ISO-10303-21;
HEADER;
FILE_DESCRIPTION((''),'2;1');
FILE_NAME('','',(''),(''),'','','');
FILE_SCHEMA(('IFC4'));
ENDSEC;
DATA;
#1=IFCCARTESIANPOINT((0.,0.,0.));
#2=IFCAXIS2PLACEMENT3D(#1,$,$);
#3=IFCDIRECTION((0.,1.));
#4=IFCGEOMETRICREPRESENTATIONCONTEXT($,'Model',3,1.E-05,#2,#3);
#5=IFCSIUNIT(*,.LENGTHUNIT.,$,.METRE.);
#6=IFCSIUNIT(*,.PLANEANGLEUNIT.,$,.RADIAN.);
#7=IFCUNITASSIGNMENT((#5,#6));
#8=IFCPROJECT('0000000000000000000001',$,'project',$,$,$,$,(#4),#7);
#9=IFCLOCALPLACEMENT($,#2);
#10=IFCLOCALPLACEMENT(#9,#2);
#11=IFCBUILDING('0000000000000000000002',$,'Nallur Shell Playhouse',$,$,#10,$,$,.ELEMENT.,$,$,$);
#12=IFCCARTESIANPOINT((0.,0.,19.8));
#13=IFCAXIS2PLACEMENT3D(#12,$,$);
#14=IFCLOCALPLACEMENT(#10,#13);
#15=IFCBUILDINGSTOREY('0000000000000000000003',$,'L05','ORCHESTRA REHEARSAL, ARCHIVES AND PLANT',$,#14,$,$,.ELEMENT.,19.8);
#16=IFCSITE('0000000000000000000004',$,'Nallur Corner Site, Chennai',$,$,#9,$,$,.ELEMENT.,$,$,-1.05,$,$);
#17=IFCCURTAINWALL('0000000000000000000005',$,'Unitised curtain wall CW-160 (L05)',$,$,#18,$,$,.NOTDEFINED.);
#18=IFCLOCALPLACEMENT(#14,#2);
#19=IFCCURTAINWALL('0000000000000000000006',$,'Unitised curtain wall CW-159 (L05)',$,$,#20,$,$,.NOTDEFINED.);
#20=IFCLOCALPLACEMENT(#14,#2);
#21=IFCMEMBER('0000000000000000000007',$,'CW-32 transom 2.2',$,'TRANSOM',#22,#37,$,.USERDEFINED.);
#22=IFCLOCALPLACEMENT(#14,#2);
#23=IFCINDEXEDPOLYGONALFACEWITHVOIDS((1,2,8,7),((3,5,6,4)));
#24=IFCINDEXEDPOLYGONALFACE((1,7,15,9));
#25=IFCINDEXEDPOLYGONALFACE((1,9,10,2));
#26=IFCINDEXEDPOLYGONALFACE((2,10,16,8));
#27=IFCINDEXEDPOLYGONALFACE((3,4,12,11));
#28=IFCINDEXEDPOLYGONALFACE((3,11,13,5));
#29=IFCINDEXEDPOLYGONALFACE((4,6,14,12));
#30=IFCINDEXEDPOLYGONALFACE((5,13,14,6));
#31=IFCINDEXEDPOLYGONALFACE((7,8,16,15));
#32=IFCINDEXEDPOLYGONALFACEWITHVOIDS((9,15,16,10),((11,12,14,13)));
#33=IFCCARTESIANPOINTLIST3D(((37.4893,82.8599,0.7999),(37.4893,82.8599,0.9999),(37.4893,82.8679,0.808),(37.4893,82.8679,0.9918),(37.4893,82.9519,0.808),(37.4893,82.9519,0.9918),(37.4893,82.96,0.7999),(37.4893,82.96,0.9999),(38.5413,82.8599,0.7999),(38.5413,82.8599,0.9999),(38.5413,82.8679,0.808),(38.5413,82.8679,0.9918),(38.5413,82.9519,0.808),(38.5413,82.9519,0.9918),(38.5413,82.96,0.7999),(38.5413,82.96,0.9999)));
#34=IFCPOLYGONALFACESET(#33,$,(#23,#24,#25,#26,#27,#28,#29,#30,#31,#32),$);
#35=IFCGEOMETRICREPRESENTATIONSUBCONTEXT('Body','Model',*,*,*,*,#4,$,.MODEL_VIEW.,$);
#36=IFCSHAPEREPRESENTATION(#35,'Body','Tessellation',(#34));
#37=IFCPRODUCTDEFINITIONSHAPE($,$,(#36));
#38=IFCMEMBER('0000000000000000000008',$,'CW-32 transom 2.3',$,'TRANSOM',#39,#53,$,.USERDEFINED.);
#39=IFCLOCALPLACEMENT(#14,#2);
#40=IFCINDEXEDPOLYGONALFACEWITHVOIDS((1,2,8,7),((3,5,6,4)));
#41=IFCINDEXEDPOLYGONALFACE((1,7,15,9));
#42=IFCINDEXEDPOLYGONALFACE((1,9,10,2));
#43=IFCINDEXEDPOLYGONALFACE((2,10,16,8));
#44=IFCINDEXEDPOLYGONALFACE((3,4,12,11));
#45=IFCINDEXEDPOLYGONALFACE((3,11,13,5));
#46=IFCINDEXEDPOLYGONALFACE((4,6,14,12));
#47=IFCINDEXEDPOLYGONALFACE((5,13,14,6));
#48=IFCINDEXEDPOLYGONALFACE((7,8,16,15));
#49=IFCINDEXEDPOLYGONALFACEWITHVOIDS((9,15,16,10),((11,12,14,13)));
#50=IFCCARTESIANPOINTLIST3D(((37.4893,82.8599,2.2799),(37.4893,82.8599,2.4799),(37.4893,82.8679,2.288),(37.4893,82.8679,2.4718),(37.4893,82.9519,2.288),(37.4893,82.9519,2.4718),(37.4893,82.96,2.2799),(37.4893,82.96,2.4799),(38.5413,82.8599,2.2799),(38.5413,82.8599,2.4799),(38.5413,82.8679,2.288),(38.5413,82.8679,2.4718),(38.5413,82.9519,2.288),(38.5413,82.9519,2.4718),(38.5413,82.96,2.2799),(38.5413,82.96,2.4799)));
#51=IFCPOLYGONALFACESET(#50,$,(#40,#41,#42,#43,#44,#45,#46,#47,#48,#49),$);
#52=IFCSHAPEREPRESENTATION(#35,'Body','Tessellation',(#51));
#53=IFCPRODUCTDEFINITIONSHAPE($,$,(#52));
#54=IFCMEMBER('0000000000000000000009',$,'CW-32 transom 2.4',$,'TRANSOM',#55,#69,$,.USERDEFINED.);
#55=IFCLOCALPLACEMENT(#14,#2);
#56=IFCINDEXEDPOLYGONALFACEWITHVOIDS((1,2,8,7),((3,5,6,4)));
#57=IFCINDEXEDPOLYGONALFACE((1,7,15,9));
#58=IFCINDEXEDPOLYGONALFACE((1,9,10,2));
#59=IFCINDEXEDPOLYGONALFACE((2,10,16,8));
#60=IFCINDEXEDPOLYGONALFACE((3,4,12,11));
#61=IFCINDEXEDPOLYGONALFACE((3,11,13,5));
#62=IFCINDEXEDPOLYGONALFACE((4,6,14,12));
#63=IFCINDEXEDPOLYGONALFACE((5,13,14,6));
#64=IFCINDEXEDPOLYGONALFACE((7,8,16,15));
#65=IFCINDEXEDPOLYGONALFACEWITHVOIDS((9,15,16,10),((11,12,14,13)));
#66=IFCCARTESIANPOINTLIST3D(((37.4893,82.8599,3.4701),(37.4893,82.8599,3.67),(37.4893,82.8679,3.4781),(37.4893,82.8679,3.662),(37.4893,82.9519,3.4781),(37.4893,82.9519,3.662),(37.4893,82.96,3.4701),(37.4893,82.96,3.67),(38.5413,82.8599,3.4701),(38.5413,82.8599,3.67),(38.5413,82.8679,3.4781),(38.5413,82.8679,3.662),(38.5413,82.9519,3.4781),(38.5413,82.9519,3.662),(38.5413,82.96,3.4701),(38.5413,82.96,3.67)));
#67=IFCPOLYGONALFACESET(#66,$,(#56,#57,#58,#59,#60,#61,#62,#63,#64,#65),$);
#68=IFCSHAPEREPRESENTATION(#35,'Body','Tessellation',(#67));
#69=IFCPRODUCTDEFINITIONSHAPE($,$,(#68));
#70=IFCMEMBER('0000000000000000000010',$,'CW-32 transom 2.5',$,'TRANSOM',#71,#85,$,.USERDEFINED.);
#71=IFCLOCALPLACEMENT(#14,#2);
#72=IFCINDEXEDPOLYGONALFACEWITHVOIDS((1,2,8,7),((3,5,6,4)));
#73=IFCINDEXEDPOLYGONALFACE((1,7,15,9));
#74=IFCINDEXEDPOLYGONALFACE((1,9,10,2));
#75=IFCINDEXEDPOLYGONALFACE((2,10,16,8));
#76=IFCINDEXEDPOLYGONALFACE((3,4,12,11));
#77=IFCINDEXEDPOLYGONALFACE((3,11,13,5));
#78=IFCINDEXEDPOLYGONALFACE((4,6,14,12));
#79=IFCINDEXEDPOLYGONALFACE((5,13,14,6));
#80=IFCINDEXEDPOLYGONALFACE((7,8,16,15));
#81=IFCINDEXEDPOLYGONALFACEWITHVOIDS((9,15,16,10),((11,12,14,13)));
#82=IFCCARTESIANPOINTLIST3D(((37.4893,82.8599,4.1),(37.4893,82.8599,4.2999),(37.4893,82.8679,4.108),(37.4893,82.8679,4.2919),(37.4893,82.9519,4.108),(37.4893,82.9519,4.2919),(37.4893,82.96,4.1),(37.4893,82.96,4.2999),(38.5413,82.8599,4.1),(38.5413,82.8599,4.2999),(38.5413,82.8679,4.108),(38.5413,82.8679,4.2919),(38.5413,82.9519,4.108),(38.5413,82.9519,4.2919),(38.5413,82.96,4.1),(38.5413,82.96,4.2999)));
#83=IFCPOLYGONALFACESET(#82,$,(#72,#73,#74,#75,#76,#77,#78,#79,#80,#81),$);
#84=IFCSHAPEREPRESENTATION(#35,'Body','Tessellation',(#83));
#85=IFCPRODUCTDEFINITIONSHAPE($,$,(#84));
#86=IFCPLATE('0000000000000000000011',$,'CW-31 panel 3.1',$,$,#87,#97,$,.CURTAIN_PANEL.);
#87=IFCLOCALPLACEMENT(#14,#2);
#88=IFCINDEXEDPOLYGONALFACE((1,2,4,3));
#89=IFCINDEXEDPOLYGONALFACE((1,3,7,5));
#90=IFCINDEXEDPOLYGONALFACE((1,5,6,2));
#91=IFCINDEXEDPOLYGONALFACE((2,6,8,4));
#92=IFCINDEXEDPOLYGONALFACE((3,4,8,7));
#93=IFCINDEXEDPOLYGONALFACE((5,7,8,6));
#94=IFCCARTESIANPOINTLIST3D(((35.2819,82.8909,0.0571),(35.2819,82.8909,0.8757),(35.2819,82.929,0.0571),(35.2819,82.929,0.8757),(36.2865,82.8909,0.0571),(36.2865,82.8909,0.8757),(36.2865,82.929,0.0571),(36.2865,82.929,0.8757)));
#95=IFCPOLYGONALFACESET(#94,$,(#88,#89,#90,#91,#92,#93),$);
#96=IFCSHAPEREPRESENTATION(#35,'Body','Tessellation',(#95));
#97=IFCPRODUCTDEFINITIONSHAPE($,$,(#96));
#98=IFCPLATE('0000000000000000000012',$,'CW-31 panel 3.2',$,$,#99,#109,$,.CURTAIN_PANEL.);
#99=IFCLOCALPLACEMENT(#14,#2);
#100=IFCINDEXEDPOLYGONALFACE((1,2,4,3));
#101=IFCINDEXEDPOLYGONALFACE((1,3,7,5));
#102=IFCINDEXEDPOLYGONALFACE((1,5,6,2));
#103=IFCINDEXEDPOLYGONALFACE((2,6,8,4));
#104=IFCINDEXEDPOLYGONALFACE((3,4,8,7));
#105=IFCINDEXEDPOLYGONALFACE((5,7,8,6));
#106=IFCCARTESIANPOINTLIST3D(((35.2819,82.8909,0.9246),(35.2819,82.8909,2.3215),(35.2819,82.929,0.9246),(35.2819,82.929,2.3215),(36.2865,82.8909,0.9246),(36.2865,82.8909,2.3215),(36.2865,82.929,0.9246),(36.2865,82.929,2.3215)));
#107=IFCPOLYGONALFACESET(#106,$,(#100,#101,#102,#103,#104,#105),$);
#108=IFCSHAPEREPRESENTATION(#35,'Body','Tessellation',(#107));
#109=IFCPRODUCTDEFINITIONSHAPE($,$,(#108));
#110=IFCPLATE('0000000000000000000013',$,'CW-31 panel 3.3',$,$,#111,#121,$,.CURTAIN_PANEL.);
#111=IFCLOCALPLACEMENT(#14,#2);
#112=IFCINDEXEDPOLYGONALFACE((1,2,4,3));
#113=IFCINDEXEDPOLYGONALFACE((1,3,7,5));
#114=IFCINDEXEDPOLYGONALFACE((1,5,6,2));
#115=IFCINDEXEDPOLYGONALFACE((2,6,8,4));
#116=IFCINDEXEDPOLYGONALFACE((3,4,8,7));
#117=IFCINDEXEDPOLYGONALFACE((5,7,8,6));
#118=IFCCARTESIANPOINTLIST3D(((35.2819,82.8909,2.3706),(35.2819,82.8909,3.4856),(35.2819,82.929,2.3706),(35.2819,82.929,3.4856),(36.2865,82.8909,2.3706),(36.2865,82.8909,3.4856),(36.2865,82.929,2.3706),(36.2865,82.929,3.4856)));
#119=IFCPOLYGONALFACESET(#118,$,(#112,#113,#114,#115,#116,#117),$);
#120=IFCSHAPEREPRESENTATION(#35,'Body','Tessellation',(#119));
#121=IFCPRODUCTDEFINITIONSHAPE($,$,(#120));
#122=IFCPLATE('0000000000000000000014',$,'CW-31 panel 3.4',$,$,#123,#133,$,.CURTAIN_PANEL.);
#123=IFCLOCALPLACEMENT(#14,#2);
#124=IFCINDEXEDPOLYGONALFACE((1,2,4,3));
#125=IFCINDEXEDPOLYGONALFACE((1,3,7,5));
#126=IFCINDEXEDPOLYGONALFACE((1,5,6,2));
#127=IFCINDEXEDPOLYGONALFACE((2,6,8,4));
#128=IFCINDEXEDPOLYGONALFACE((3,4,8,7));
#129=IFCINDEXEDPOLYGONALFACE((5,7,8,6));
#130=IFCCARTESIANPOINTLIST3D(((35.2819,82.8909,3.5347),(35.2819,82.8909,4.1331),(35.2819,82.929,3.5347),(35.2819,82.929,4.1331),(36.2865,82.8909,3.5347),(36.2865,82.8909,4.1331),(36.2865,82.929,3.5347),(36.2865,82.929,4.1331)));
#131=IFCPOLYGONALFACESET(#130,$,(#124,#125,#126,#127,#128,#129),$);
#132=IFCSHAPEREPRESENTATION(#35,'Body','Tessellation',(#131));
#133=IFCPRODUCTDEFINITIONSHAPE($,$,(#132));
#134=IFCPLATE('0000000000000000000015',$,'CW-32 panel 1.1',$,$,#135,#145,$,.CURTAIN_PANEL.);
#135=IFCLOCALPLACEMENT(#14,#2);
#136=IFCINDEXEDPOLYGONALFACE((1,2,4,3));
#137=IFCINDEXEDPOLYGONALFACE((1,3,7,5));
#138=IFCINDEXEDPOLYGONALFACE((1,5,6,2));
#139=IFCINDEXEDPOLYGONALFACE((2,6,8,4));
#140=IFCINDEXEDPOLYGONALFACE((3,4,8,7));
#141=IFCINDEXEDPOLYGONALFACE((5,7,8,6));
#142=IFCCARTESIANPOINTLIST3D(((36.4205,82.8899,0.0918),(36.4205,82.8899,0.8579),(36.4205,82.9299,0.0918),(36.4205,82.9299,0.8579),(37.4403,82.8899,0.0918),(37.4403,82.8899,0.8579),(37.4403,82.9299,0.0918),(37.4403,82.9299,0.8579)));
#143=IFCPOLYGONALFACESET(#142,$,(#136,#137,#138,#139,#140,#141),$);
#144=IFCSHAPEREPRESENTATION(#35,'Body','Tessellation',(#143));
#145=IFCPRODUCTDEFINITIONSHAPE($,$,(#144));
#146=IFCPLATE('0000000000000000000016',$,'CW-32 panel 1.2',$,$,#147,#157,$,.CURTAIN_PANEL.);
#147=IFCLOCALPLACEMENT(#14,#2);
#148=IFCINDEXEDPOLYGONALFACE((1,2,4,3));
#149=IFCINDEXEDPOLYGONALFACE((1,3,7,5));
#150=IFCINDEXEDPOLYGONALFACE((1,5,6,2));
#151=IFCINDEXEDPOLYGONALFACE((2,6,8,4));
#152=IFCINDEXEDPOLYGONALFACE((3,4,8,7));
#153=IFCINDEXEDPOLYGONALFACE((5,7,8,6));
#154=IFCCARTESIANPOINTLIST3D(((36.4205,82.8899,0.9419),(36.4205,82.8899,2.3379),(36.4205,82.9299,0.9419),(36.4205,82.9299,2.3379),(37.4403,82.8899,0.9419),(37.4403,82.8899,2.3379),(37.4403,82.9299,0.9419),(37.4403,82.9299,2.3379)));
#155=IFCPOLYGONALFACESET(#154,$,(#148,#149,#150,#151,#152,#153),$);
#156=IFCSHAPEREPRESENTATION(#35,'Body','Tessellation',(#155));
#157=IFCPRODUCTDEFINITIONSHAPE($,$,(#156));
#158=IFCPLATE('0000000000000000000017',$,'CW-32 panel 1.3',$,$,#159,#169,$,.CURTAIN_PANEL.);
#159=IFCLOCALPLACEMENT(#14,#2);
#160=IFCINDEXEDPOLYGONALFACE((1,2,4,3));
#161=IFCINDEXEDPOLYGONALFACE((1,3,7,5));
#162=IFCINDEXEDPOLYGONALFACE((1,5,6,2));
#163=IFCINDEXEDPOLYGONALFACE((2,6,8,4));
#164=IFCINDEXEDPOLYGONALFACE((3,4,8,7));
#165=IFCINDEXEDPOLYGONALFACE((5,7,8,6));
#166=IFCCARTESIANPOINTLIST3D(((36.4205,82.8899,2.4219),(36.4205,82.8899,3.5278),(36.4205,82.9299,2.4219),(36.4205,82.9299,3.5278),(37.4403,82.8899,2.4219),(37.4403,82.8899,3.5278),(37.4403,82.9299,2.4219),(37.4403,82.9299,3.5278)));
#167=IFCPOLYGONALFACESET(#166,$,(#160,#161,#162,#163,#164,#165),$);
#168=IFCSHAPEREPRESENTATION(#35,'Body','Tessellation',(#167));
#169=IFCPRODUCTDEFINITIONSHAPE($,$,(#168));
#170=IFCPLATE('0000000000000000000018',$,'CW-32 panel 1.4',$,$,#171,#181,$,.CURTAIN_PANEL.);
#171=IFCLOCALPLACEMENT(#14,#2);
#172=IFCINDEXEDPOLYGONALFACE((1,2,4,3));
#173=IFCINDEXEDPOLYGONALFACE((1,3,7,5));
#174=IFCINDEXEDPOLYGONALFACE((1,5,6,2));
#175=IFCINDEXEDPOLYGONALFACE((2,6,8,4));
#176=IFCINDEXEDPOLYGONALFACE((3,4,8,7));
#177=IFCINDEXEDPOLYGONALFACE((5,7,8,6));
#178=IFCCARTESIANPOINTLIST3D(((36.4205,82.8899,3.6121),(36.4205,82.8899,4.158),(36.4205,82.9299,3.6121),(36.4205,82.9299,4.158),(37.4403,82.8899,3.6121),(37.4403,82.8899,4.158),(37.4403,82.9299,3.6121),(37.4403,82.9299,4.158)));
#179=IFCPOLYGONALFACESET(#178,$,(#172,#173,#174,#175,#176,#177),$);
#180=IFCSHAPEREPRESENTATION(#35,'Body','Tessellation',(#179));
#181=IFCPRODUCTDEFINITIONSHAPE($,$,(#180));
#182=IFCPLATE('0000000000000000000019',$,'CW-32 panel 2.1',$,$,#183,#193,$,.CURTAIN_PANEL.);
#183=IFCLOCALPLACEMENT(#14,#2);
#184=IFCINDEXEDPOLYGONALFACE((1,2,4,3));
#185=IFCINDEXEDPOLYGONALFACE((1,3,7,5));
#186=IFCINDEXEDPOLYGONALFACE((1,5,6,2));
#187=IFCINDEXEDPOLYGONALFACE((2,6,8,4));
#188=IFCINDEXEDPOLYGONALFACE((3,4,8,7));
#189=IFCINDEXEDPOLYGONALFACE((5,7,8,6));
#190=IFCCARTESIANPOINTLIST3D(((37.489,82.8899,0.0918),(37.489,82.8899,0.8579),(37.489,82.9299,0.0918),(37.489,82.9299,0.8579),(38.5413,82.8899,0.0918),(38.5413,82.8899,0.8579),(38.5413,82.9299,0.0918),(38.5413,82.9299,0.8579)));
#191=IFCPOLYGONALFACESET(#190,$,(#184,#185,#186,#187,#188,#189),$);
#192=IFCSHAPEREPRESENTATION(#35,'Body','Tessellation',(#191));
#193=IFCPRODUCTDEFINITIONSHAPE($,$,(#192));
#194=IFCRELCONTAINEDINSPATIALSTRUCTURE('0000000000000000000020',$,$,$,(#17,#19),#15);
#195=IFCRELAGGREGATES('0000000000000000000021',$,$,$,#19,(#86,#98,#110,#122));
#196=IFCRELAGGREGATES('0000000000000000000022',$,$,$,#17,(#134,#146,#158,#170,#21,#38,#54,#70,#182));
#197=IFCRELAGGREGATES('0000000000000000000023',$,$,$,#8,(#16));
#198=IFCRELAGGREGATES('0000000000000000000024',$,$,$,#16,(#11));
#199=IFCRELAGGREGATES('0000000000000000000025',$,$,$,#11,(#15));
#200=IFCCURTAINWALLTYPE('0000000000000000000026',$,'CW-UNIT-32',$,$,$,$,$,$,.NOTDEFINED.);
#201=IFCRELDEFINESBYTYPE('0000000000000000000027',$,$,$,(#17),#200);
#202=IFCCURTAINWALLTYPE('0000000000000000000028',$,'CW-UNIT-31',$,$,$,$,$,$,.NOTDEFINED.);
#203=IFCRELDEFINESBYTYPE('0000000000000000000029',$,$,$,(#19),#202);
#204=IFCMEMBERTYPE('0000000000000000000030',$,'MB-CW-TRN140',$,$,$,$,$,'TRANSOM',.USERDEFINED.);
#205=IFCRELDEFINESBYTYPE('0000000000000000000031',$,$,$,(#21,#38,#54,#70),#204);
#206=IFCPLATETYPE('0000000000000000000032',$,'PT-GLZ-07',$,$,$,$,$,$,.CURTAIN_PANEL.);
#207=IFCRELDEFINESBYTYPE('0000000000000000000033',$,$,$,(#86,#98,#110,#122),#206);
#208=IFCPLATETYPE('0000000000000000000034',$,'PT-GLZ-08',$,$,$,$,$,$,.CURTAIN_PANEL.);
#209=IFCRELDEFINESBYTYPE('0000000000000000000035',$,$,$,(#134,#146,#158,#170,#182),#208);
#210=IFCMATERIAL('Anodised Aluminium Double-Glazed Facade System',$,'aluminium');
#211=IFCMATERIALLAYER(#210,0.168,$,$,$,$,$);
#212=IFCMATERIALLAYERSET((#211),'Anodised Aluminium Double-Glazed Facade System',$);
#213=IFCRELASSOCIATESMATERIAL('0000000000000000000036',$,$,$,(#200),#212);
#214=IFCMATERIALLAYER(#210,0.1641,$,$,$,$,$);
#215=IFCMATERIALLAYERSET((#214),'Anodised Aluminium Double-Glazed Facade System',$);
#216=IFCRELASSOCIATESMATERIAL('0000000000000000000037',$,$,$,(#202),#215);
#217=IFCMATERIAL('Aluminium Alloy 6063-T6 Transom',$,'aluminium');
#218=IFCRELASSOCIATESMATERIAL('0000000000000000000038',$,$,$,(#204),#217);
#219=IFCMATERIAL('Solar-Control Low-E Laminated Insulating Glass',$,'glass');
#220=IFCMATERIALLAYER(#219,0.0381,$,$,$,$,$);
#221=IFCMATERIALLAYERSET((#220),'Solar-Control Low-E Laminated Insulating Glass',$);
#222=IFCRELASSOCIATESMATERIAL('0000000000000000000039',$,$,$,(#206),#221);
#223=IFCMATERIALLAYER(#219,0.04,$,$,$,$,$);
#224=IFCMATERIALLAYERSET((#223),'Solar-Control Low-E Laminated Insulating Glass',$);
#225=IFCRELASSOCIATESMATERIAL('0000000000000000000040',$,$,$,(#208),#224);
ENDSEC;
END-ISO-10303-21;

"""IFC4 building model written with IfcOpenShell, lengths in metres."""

from ifc_helpers import new_model, si_unit, direction, frame, origin, origin_2d, place, context, subcontext, project, spatial, rectangle, hollow_rectangle, extrude, material, layer, layer_set, material_profile, profile_set, type_object, element, aggregate, save


model = new_model("IFC4")

# Units and contexts
model_context = context("Model", 3, precision=1e-05, world=origin(), true_north=direction((0.0, 1.0)))
body_context = subcontext(model_context, "Body", "Model", "MODEL_VIEW")
ifc_project = project(units=[si_unit("LENGTHUNIT", "METRE"), si_unit("PLANEANGLEUNIT", "RADIAN")], contexts=[model_context])

# Site, building, storey
site_placement = place(None, origin())
site = spatial("IfcSite", under=ifc_project, at=site_placement, Name="Nallur Corner Site, Chennai", CompositionType="ELEMENT", RefElevation=-1.05)
building_placement = place(site_placement, origin())
building = spatial("IfcBuilding", under=site, at=building_placement, Name="Nallur Shell Playhouse", CompositionType="ELEMENT")
storey_placement = place(building_placement, frame((0.0, 0.0, 19.8)))
storey = spatial("IfcBuildingStorey", under=building, at=storey_placement, Name="L05", Description="ORCHESTRA REHEARSAL, ARCHIVES AND PLANT", CompositionType="ELEMENT", Elevation=19.8)

# Curtain walls
ifc_material_1 = material(Name="Anodised Aluminium Double-Glazed Facade System", Category="aluminium")
ifc_layer_1 = layer(ifc_material_1, 0.168)
ifc_layer_set_1 = layer_set([ifc_layer_1], Name="Anodised Aluminium Double-Glazed Facade System")
curtain_wall_type_1 = type_object("IfcCurtainWallType", Name="CW-UNIT-32", PredefinedType="NOTDEFINED", material=ifc_layer_set_1)
curtain_wall_1_placement = place(storey_placement, origin())
curtain_wall_1 = element("IfcCurtainWall", 1, at=curtain_wall_1_placement, inside=storey, type_object=curtain_wall_type_1, Name="Unitised curtain wall CW-160 (L05)", PredefinedType="NOTDEFINED")
ifc_layer_2 = layer(ifc_material_1, 0.1641)
ifc_layer_set_2 = layer_set([ifc_layer_2], Name="Anodised Aluminium Double-Glazed Facade System")
curtain_wall_type_2 = type_object("IfcCurtainWallType", Name="CW-UNIT-31", PredefinedType="NOTDEFINED", material=ifc_layer_set_2)
curtain_wall_2_placement = place(storey_placement, origin())
curtain_wall_2 = element("IfcCurtainWall", 2, at=curtain_wall_2_placement, inside=storey, type_object=curtain_wall_type_2, Name="Unitised curtain wall CW-159 (L05)", PredefinedType="NOTDEFINED")
ifc_material_2 = material(Name="Aluminium Alloy 6063-T6 Transom", Category="aluminium")

# Members
ifc_material_profile_1 = material_profile(ifc_material_2, hollow_rectangle(XDim=0.1001, YDim=0.2, WallThickness=0.0081, at=origin_2d()), Name="RHS 200x100x8")
ifc_profile_set_1 = profile_set([ifc_material_profile_1], Name="Aluminium Alloy 6063-T6 Transom")
member_type_1 = type_object("IfcMemberType", Name="MB-CW-TRN140", ElementType="TRANSOM", PredefinedType="USERDEFINED", material=ifc_profile_set_1)
member_1_placement = place(storey_placement, frame((37.4893, 82.9099, 0.8999), z_axis=(1.0, 0.0, 0.0), x_axis=(0.0, 1.0, 0.0)))
member_1 = element("IfcMember", 3, at=member_1_placement, type_object=member_type_1, Name="CW-32 transom 2.2", ObjectType="TRANSOM", PredefinedType="USERDEFINED", context=body_context, shape_type="SweptSolid", body=[
    extrude(hollow_rectangle(XDim=0.1001, YDim=0.2, WallThickness=0.0081, at=origin_2d()), origin(), (0.0, 0.0, 1.0), 1.052),
])
member_2_placement = place(storey_placement, frame((37.4893, 82.9099, 2.3799), z_axis=(1.0, 0.0, 0.0), x_axis=(0.0, 1.0, 0.0)))
member_2 = element("IfcMember", 4, at=member_2_placement, type_object=member_type_1, Name="CW-32 transom 2.3", ObjectType="TRANSOM", PredefinedType="USERDEFINED", context=body_context, shape_type="SweptSolid", body=[
    extrude(hollow_rectangle(XDim=0.1001, YDim=0.2, WallThickness=0.0081, at=origin_2d()), origin(), (0.0, 0.0, 1.0), 1.052),
])
member_3_placement = place(storey_placement, frame((37.4893, 82.9099, 3.5701), z_axis=(1.0, 0.0, 0.0), x_axis=(0.0, 1.0, 0.0)))
member_3 = element("IfcMember", 5, at=member_3_placement, type_object=member_type_1, Name="CW-32 transom 2.4", ObjectType="TRANSOM", PredefinedType="USERDEFINED", context=body_context, shape_type="SweptSolid", body=[
    extrude(hollow_rectangle(XDim=0.1001, YDim=0.2, WallThickness=0.0081, at=origin_2d()), origin(), (0.0, 0.0, 1.0), 1.052),
])
member_4_placement = place(storey_placement, frame((37.4893, 82.9099, 4.2), z_axis=(1.0, 0.0, 0.0), x_axis=(0.0, 1.0, 0.0)))
member_4 = element("IfcMember", 6, at=member_4_placement, type_object=member_type_1, Name="CW-32 transom 2.5", ObjectType="TRANSOM", PredefinedType="USERDEFINED", context=body_context, shape_type="SweptSolid", body=[
    extrude(hollow_rectangle(XDim=0.1001, YDim=0.2, WallThickness=0.0081, at=origin_2d()), origin(), (0.0, 0.0, 1.0), 1.052),
])

# Plates
ifc_material_3 = material(Name="Solar-Control Low-E Laminated Insulating Glass", Category="glass")
ifc_layer_3 = layer(ifc_material_3, 0.0381)
ifc_layer_set_3 = layer_set([ifc_layer_3], Name="Solar-Control Low-E Laminated Insulating Glass")
plate_type_1 = type_object("IfcPlateType", Name="PT-GLZ-07", PredefinedType="CURTAIN_PANEL", material=ifc_layer_set_3)
plate_1_placement = place(storey_placement, frame((35.7842, 82.9099, 0.0571), z_axis=(0.0, 0.0, 1.0), x_axis=(1.0, 0.0, 0.0)))
plate_1 = element("IfcPlate", 7, at=plate_1_placement, type_object=plate_type_1, Name="CW-31 panel 3.1", PredefinedType="CURTAIN_PANEL", context=body_context, shape_type="SweptSolid", body=[
    extrude(rectangle(XDim=1.0046, YDim=0.0381, at=origin_2d()), origin(), (0.0, 0.0, 1.0), 0.8186),
])
plate_2_placement = place(storey_placement, frame((35.7842, 82.9099, 0.9246), z_axis=(0.0, 0.0, 1.0), x_axis=(1.0, 0.0, 0.0)))
plate_2 = element("IfcPlate", 8, at=plate_2_placement, type_object=plate_type_1, Name="CW-31 panel 3.2", PredefinedType="CURTAIN_PANEL", context=body_context, shape_type="SweptSolid", body=[
    extrude(rectangle(XDim=1.0046, YDim=0.0381, at=origin_2d()), origin(), (0.0, 0.0, 1.0), 1.397),
])
plate_3_placement = place(storey_placement, frame((35.7842, 82.9099, 2.3706), z_axis=(0.0, 0.0, 1.0), x_axis=(1.0, 0.0, 0.0)))
plate_3 = element("IfcPlate", 9, at=plate_3_placement, type_object=plate_type_1, Name="CW-31 panel 3.3", PredefinedType="CURTAIN_PANEL", context=body_context, shape_type="SweptSolid", body=[
    extrude(rectangle(XDim=1.0046, YDim=0.0381, at=origin_2d()), origin(), (0.0, 0.0, 1.0), 1.115),
])
plate_4_placement = place(storey_placement, frame((35.7842, 82.9099, 3.5347), z_axis=(0.0, 0.0, 1.0), x_axis=(1.0, 0.0, 0.0)))
plate_4 = element("IfcPlate", 10, at=plate_4_placement, type_object=plate_type_1, Name="CW-31 panel 3.4", PredefinedType="CURTAIN_PANEL", context=body_context, shape_type="SweptSolid", body=[
    extrude(rectangle(XDim=1.0046, YDim=0.0381, at=origin_2d()), origin(), (0.0, 0.0, 1.0), 0.5984),
])
aggregate(curtain_wall_2, [plate_1, plate_2, plate_3, plate_4])
ifc_layer_4 = layer(ifc_material_3, 0.04)
ifc_layer_set_4 = layer_set([ifc_layer_4], Name="Solar-Control Low-E Laminated Insulating Glass")
plate_type_2 = type_object("IfcPlateType", Name="PT-GLZ-08", PredefinedType="CURTAIN_PANEL", material=ifc_layer_set_4)
plate_5_placement = place(storey_placement, frame((36.9304, 82.9099, 0.0918), z_axis=(0.0, 0.0, 1.0), x_axis=(1.0, 0.0, 0.0)))
plate_5 = element("IfcPlate", 11, at=plate_5_placement, type_object=plate_type_2, Name="CW-32 panel 1.1", PredefinedType="CURTAIN_PANEL", context=body_context, shape_type="SweptSolid", body=[
    extrude(rectangle(XDim=1.0198, YDim=0.04, at=origin_2d()), origin(), (0.0, 0.0, 1.0), 0.7661),
])
plate_6_placement = place(storey_placement, frame((36.9304, 82.9099, 0.9419), z_axis=(0.0, 0.0, 1.0), x_axis=(1.0, 0.0, 0.0)))
plate_6 = element("IfcPlate", 12, at=plate_6_placement, type_object=plate_type_2, Name="CW-32 panel 1.2", PredefinedType="CURTAIN_PANEL", context=body_context, shape_type="SweptSolid", body=[
    extrude(rectangle(XDim=1.0198, YDim=0.04, at=origin_2d()), origin(), (0.0, 0.0, 1.0), 1.396),
])
plate_7_placement = place(storey_placement, frame((36.9304, 82.9099, 2.4219), z_axis=(0.0, 0.0, 1.0), x_axis=(1.0, 0.0, 0.0)))
plate_7 = element("IfcPlate", 13, at=plate_7_placement, type_object=plate_type_2, Name="CW-32 panel 1.3", PredefinedType="CURTAIN_PANEL", context=body_context, shape_type="SweptSolid", body=[
    extrude(rectangle(XDim=1.0198, YDim=0.04, at=origin_2d()), origin(), (0.0, 0.0, 1.0), 1.106),
])
plate_8_placement = place(storey_placement, frame((36.9304, 82.9099, 3.6121), z_axis=(0.0, 0.0, 1.0), x_axis=(1.0, 0.0, 0.0)))
plate_8 = element("IfcPlate", 14, at=plate_8_placement, type_object=plate_type_2, Name="CW-32 panel 1.4", PredefinedType="CURTAIN_PANEL", context=body_context, shape_type="SweptSolid", body=[
    extrude(rectangle(XDim=1.0198, YDim=0.04, at=origin_2d()), origin(), (0.0, 0.0, 1.0), 0.5459),
])
plate_9_placement = place(storey_placement, frame((38.0151, 82.9099, 0.0918), z_axis=(0.0, 0.0, 1.0), x_axis=(1.0, 0.0, 0.0)))
plate_9 = element("IfcPlate", 15, at=plate_9_placement, type_object=plate_type_2, Name="CW-32 panel 2.1", PredefinedType="CURTAIN_PANEL", context=body_context, shape_type="SweptSolid", body=[
    extrude(rectangle(XDim=1.0522, YDim=0.04, at=origin_2d()), origin(), (0.0, 0.0, 1.0), 0.7661),
])
aggregate(curtain_wall_1, [plate_5, plate_6, plate_7, plate_8, member_1, member_2, member_3, member_4, plate_9])

save(model, "model.ifc")
